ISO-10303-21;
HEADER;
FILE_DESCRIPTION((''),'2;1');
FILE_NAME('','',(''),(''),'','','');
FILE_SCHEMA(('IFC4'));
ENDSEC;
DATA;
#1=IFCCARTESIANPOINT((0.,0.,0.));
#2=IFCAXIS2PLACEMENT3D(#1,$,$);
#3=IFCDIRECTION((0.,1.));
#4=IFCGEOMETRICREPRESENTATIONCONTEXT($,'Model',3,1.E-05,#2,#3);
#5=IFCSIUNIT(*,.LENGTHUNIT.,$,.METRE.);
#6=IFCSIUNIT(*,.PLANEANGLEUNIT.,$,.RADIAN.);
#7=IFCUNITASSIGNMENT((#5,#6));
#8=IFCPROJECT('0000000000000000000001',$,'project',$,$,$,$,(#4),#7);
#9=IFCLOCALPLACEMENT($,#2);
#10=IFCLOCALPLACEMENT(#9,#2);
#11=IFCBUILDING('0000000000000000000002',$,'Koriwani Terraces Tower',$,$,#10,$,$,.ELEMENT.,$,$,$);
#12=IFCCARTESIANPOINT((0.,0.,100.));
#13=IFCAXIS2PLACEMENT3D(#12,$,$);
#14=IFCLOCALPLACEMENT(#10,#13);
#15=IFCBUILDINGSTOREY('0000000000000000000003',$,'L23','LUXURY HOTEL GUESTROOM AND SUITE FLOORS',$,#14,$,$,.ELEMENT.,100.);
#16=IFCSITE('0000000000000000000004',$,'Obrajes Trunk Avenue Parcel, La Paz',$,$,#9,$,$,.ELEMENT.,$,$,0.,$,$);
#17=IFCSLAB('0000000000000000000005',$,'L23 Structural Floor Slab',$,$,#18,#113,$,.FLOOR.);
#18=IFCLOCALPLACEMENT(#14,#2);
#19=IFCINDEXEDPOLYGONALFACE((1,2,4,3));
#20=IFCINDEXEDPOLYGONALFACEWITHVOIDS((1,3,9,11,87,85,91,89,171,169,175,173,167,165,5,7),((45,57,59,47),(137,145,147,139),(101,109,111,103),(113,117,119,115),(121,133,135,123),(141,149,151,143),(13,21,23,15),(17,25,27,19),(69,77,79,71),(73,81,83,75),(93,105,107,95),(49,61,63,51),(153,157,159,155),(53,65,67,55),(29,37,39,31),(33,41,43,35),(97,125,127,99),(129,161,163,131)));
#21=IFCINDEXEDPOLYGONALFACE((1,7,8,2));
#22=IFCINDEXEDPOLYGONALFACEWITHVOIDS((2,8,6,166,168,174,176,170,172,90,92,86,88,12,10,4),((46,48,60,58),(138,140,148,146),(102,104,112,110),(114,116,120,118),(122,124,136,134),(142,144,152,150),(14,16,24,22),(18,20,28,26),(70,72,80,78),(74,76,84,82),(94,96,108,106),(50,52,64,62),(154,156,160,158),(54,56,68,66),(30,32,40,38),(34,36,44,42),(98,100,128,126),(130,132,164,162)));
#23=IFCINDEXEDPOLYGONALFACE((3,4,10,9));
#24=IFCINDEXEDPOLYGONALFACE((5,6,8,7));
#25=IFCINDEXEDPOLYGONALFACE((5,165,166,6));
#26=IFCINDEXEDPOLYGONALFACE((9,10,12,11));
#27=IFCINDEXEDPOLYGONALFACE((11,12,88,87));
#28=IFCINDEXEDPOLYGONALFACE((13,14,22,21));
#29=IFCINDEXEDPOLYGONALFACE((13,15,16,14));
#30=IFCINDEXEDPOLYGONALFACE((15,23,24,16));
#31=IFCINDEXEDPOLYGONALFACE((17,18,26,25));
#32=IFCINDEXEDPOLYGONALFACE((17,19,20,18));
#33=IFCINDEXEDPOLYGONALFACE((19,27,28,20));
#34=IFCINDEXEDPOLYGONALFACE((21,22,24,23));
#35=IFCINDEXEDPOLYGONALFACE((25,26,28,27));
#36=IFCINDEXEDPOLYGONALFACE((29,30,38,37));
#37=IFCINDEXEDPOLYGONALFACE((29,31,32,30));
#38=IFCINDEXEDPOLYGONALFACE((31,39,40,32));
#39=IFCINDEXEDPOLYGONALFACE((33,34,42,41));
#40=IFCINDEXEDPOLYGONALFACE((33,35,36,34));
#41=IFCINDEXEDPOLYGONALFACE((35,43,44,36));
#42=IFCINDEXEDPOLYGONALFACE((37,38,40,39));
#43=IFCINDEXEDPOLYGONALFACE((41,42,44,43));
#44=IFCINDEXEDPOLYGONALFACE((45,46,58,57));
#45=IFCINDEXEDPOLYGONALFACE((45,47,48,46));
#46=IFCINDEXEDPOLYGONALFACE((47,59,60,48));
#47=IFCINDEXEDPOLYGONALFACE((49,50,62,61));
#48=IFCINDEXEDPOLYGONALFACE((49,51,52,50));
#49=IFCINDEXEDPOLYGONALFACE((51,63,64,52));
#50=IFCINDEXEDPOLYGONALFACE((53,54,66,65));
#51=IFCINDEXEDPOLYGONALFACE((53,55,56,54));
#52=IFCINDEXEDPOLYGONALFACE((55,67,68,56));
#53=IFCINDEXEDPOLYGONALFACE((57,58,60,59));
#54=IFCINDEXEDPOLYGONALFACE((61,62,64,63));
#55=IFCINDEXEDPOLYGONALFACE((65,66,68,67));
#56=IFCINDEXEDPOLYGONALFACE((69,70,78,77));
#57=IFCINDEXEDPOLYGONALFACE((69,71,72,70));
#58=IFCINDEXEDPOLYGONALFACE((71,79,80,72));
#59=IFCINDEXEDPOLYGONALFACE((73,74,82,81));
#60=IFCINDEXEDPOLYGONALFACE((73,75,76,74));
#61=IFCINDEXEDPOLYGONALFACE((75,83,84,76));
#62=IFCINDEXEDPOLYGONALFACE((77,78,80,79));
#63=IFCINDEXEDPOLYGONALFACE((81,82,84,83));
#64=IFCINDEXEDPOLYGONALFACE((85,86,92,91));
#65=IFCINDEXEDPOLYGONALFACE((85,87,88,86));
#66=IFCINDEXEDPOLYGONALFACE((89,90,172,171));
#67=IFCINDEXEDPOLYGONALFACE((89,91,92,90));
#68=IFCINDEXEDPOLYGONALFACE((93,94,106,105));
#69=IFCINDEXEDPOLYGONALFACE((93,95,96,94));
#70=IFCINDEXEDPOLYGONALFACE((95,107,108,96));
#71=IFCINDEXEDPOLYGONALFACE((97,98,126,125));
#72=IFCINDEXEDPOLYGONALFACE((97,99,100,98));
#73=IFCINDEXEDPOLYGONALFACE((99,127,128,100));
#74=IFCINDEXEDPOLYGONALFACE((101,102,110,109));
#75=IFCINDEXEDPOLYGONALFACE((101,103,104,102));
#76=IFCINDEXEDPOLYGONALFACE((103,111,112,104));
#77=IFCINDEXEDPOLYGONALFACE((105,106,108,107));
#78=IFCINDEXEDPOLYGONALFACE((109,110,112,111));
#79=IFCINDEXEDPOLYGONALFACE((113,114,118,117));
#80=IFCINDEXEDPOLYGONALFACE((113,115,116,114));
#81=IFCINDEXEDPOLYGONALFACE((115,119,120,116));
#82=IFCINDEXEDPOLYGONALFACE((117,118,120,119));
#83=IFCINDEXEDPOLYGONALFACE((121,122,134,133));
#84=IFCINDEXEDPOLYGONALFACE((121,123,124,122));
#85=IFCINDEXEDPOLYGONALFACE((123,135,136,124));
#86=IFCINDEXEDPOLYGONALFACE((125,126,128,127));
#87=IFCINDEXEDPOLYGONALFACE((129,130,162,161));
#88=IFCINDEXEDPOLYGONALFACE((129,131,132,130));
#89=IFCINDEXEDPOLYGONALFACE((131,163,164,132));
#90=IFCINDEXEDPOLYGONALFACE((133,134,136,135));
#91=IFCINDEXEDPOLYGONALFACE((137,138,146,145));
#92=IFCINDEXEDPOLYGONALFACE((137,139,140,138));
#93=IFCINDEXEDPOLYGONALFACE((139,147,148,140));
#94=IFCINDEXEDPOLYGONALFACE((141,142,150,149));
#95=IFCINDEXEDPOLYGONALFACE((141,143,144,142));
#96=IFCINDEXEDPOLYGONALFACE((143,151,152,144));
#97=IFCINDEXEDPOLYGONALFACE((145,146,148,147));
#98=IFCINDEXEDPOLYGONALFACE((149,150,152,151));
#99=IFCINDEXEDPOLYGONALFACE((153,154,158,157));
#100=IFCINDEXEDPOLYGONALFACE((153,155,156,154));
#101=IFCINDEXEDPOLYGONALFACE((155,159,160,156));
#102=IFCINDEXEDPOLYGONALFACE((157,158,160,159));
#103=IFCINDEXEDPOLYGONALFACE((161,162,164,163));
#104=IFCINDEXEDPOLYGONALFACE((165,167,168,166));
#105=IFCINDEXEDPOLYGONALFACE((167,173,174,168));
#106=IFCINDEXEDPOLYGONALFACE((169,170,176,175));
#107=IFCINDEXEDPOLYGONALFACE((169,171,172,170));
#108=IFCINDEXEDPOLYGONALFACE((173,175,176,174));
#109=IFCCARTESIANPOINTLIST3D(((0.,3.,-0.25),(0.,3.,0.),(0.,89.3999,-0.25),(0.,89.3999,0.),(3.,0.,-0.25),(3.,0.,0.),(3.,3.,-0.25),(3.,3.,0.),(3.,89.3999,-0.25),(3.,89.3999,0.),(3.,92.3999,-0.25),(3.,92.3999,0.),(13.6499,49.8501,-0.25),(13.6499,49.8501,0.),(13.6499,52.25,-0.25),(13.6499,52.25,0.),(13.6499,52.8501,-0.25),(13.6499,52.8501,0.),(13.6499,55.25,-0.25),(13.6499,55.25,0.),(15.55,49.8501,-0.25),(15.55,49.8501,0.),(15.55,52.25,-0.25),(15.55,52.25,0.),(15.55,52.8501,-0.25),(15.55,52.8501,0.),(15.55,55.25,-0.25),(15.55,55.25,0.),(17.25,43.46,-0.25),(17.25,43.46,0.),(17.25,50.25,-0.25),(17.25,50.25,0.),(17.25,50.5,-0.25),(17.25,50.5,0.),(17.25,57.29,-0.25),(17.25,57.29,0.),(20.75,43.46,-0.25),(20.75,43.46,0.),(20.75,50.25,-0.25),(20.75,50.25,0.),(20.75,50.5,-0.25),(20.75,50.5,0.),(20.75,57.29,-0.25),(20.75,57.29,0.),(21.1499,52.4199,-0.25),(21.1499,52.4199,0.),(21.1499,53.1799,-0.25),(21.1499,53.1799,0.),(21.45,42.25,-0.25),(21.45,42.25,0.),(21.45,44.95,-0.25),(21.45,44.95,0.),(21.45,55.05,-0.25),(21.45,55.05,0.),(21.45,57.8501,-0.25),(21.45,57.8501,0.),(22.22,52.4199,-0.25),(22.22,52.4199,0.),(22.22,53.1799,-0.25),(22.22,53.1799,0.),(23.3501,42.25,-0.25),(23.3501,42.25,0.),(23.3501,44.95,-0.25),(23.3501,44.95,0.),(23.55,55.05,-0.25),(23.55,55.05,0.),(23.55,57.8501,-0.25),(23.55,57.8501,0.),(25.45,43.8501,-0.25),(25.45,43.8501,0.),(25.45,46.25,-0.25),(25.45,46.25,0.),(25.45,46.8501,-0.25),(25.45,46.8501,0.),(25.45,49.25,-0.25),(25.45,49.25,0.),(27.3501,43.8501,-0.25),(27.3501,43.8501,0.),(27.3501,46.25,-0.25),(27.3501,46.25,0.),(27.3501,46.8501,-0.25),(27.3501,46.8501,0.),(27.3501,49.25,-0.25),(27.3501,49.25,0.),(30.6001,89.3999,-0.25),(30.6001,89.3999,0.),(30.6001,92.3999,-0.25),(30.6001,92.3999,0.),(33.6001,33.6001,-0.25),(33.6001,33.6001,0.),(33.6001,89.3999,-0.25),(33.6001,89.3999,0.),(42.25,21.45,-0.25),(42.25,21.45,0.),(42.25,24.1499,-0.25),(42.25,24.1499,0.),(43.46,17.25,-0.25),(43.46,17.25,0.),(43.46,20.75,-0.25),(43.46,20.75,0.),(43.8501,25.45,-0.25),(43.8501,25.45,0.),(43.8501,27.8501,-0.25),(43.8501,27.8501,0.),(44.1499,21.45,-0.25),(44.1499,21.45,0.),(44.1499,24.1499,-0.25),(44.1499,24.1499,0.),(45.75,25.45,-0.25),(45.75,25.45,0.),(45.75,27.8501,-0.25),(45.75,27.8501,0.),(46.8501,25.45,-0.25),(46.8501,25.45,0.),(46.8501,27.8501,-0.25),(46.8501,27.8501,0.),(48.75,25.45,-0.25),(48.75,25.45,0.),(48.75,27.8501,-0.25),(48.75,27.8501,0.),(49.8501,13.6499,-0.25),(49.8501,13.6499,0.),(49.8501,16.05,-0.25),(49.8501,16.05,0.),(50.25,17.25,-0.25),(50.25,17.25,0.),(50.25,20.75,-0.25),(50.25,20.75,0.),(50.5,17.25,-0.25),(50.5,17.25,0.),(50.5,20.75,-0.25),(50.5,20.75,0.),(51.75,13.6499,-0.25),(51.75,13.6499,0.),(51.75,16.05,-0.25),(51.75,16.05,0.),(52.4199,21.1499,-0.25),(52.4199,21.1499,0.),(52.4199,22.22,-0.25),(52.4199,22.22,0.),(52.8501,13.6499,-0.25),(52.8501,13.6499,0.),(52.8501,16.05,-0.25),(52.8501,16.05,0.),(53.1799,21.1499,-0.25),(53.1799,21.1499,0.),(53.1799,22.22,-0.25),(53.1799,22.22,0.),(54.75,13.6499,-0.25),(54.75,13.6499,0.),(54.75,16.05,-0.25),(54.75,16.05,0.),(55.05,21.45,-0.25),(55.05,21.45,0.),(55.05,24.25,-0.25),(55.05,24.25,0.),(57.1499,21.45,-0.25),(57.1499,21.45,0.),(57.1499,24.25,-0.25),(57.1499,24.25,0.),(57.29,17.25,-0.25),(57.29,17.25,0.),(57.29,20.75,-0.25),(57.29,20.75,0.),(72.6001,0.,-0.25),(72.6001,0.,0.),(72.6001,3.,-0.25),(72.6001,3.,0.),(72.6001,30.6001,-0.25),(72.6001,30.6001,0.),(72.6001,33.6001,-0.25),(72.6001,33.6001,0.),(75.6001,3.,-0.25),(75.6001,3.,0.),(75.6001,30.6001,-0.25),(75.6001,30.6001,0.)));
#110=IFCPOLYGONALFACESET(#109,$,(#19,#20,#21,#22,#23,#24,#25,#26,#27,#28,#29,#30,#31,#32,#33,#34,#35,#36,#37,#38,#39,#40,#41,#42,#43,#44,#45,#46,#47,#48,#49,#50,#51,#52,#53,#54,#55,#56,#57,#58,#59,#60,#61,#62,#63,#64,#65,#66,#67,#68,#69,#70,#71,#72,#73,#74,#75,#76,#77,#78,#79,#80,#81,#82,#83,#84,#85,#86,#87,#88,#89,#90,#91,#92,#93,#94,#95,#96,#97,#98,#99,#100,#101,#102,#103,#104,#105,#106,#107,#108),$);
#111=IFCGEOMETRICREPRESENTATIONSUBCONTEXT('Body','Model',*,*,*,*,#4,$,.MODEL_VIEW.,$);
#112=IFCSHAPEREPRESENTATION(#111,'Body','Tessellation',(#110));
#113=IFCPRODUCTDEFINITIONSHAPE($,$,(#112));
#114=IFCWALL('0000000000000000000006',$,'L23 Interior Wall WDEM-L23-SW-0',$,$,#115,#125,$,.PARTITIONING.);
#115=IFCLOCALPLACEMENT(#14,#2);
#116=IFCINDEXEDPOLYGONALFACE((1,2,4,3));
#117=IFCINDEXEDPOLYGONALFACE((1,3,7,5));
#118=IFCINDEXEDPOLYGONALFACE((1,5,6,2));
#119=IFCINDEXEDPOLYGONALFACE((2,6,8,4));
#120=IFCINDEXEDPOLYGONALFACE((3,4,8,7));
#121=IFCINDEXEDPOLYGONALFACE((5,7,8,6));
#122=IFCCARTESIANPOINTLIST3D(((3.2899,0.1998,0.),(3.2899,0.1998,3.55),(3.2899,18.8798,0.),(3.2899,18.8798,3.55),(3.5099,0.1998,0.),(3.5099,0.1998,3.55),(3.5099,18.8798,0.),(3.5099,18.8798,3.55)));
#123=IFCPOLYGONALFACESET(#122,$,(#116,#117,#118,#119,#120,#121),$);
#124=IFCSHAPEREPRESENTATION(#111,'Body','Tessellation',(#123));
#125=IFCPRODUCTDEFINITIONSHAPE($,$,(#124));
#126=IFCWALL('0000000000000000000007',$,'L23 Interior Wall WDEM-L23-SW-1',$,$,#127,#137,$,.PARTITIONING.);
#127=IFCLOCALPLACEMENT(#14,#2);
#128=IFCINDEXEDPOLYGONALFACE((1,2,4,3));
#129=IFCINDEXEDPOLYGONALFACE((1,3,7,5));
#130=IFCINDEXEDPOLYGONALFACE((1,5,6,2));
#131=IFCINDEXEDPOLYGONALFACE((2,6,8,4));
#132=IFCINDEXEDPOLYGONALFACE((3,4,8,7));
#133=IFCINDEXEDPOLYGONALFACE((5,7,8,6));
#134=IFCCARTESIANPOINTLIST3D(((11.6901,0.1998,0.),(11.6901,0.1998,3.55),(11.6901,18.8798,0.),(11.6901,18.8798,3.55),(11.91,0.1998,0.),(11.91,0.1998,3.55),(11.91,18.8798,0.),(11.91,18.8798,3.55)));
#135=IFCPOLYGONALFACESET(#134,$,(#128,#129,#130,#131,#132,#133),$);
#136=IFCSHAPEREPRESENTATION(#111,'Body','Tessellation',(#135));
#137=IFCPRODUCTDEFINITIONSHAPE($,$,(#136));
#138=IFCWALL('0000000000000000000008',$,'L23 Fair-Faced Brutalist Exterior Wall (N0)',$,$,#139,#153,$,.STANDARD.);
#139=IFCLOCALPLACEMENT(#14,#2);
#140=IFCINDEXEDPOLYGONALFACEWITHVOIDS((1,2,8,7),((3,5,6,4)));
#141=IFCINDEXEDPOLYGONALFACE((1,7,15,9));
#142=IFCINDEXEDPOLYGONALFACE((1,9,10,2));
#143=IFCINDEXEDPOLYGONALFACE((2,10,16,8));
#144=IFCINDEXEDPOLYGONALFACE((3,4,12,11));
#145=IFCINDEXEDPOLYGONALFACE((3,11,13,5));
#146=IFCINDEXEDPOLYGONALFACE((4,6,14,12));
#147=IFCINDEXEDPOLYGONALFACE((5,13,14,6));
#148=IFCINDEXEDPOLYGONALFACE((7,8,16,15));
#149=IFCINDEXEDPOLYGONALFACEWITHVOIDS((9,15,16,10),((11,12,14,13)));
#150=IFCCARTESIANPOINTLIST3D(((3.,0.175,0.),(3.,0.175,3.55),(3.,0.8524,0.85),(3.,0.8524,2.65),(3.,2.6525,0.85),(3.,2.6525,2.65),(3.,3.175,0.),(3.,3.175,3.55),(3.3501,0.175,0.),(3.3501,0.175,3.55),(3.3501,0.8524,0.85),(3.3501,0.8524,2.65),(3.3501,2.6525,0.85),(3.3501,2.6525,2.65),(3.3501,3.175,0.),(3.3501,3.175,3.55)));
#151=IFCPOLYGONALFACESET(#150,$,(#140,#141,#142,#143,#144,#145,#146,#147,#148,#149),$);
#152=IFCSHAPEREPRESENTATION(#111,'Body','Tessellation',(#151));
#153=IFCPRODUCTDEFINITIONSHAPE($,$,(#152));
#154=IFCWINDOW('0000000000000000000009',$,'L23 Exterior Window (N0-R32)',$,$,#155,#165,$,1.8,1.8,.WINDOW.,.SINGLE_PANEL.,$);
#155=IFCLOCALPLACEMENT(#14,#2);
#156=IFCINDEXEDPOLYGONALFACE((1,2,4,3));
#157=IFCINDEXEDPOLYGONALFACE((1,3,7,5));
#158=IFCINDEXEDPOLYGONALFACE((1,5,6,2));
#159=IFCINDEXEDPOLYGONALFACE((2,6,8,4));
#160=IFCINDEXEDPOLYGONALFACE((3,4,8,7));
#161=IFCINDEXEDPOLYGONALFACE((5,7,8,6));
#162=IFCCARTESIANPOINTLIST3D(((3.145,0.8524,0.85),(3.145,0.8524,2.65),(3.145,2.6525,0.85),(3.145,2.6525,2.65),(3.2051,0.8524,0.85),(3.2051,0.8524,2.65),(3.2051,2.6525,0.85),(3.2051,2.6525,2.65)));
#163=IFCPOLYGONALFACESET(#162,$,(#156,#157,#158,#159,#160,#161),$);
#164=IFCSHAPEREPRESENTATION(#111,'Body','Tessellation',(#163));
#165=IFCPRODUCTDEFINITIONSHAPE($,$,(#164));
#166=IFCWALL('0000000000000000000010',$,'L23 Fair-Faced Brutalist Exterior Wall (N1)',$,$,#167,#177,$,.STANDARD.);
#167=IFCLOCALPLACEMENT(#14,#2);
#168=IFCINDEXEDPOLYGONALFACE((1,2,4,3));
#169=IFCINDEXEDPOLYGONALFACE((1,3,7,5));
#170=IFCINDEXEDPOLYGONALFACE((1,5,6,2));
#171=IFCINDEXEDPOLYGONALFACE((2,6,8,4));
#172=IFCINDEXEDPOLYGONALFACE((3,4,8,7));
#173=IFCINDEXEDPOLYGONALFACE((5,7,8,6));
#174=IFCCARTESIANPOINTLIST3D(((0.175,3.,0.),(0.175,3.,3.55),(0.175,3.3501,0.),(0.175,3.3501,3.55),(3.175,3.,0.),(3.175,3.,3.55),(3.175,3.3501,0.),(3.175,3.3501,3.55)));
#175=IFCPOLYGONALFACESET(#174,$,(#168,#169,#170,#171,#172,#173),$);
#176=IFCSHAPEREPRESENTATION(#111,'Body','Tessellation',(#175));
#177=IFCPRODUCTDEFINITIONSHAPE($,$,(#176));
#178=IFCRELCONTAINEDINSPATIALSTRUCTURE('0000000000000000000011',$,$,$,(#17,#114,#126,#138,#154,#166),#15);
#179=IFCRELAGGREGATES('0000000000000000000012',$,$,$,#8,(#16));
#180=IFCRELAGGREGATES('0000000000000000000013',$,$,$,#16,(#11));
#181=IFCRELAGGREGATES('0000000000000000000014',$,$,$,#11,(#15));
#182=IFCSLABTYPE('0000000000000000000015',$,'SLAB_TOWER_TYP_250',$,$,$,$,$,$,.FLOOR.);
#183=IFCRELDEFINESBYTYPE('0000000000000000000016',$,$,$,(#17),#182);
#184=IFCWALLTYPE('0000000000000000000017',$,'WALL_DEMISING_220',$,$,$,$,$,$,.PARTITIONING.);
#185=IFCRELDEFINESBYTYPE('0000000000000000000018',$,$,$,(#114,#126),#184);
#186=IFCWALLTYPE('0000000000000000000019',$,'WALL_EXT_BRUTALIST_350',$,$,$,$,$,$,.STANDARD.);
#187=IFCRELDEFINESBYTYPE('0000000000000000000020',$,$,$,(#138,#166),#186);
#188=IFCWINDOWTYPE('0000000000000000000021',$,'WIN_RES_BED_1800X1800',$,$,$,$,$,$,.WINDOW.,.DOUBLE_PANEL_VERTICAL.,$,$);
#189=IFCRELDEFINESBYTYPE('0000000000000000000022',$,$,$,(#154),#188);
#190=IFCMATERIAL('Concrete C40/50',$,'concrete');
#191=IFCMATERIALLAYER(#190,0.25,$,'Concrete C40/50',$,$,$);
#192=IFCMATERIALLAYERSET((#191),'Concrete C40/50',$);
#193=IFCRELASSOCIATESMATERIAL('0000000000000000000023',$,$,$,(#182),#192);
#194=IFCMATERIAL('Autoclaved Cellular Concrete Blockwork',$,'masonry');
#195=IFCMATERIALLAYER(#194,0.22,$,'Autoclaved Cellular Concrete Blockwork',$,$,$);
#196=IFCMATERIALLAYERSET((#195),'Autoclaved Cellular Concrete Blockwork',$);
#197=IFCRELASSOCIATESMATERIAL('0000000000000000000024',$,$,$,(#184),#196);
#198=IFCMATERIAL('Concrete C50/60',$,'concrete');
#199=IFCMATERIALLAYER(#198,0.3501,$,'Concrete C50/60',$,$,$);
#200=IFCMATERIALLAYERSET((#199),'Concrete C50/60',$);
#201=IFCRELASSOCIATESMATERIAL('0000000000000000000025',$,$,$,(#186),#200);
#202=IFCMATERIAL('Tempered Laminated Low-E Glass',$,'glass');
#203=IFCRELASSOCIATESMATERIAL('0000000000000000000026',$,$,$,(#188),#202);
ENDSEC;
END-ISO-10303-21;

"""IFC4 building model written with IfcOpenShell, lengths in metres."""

from ifc_helpers import new_model, si_unit, direction, frame, frame_2d, origin, place, context, subcontext, project, spatial, polyline, rectangle, outline, extrude, material, layer, layer_set, type_object, element, fill, save


model = new_model("IFC4")

# Units and contexts
model_context = context("Model", 3, precision=1e-05, world=origin(), true_north=direction((0.0, 1.0)))
body_context = subcontext(model_context, "Body", "Model", "MODEL_VIEW")
ifc_project = project(units=[si_unit("LENGTHUNIT", "METRE"), si_unit("PLANEANGLEUNIT", "RADIAN")], contexts=[model_context])

# Site, building, storey
site_placement = place(None, origin())
site = spatial("IfcSite", under=ifc_project, at=site_placement, Name="Obrajes Trunk Avenue Parcel, La Paz", CompositionType="ELEMENT", RefElevation=0.0)
building_placement = place(site_placement, origin())
building = spatial("IfcBuilding", under=site, at=building_placement, Name="Koriwani Terraces Tower", CompositionType="ELEMENT")
storey_placement = place(building_placement, frame((0.0, 0.0, 100.0)))
storey = spatial("IfcBuildingStorey", under=building, at=storey_placement, Name="L23", Description="LUXURY HOTEL GUESTROOM AND SUITE FLOORS", CompositionType="ELEMENT", Elevation=100.0)

# Shared definitions
ifc_material_1 = material(Name="Concrete C40/50", Category="concrete")
ifc_material_2 = material(Name="Concrete C50/60", Category="concrete")

# Slab
ifc_layer_1 = layer(ifc_material_1, 0.25, Name="Concrete C40/50")
ifc_layer_set_1 = layer_set([ifc_layer_1], Name="Concrete C40/50")
slab_type_1 = type_object("IfcSlabType", Name="SLAB_TOWER_TYP_250", PredefinedType="FLOOR", material=ifc_layer_set_1)
slab_1_placement = place(storey_placement, frame((0.0, 0.0, -0.25)))
element("IfcSlab", 1, at=slab_1_placement, inside=storey, type_object=slab_type_1, Name="L23 Structural Floor Slab", PredefinedType="FLOOR", context=body_context, shape_type="SweptSolid", body=[
    extrude(outline(polyline([(3.0, 0.0), (72.6001, 0.0), (72.6001, 3.0), (75.6001, 3.0), (75.6001, 30.6001), (72.6001, 30.6001), (72.6001, 33.6001), (33.6001, 33.6001), (33.6001, 89.3999), (30.6001, 89.3999), (30.6001, 92.3999), (3.0, 92.3999), (3.0, 89.3999), (0.0, 89.3999), (0.0, 3.0), (3.0, 3.0), (3.0, 0.0)]), holes=[polyline([(17.25, 43.46), (20.75, 43.46), (20.75, 50.25), (17.25, 50.25), (17.25, 43.46)]), polyline([(17.25, 50.5), (20.75, 50.5), (20.75, 57.29), (17.25, 57.29), (17.25, 50.5)]), polyline([(43.46, 17.25), (50.25, 17.25), (50.25, 20.75), (43.46, 20.75), (43.46, 17.25)]), polyline([(50.5, 17.25), (57.29, 17.25), (57.29, 20.75), (50.5, 20.75), (50.5, 17.25)]), polyline([(13.6499, 49.8501), (15.55, 49.8501), (15.55, 52.25), (13.6499, 52.25), (13.6499, 49.8501)]), polyline([(13.6499, 52.8501), (15.55, 52.8501), (15.55, 55.25), (13.6499, 55.25), (13.6499, 52.8501)]), polyline([(49.8501, 13.6499), (51.75, 13.6499), (51.75, 16.05), (49.8501, 16.05), (49.8501, 13.6499)]), polyline([(52.8501, 13.6499), (54.75, 13.6499), (54.75, 16.05), (52.8501, 16.05), (52.8501, 13.6499)]), polyline([(25.45, 43.8501), (27.3501, 43.8501), (27.3501, 46.25), (25.45, 46.25), (25.45, 43.8501)]), polyline([(25.45, 46.8501), (27.3501, 46.8501), (27.3501, 49.25), (25.45, 49.25), (25.45, 46.8501)]), polyline([(43.8501, 25.45), (45.75, 25.45), (45.75, 27.8501), (43.8501, 27.8501), (43.8501, 25.45)]), polyline([(46.8501, 25.45), (48.75, 25.45), (48.75, 27.8501), (46.8501, 27.8501), (46.8501, 25.45)]), polyline([(21.45, 55.05), (23.55, 55.05), (23.55, 57.8501), (21.45, 57.8501), (21.45, 55.05)]), polyline([(55.05, 21.45), (57.1499, 21.45), (57.1499, 24.25), (55.05, 24.25), (55.05, 21.45)]), polyline([(21.45, 42.25), (23.3501, 42.25), (23.3501, 44.95), (21.45, 44.95), (21.45, 42.25)]), polyline([(42.25, 21.45), (44.1499, 21.45), (44.1499, 24.1499), (42.25, 24.1499), (42.25, 21.45)]), polyline([(21.1499, 52.4199), (22.22, 52.4199), (22.22, 53.1799), (21.1499, 53.1799), (21.1499, 52.4199)]), polyline([(52.4199, 21.1499), (53.1799, 21.1499), (53.1799, 22.22), (52.4199, 22.22), (52.4199, 21.1499)])]), origin(), (0.0, 0.0, 1.0), 0.25),
])

# Walls
ifc_material_3 = material(Name="Autoclaved Cellular Concrete Blockwork", Category="masonry")
ifc_layer_2 = layer(ifc_material_3, 0.22, Name="Autoclaved Cellular Concrete Blockwork")
ifc_layer_set_2 = layer_set([ifc_layer_2], Name="Autoclaved Cellular Concrete Blockwork")
wall_type_1 = type_object("IfcWallType", Name="WALL_DEMISING_220", PredefinedType="PARTITIONING", material=ifc_layer_set_2)
for number, where, z_axis, x_axis, name in (
    (2, (3.3999, 0.2, 0.0), (0.0, 0.0, 1.0), (0.0, 1.0, 0.0), "L23 Interior Wall WDEM-L23-SW-0"),
    (3, (11.8, 0.2, 0.0), (0.0, 0.0, 1.0), (0.0, 1.0, 0.0), "L23 Interior Wall WDEM-L23-SW-1"),
):
    element("IfcWall", number, at=place(storey_placement, frame(where, z_axis=z_axis, x_axis=x_axis)), inside=storey, type_object=wall_type_1, Name=name, PredefinedType="PARTITIONING", context=body_context, shape_type="SweptSolid", body=[
        extrude(rectangle(XDim=18.6799, YDim=0.22, at=frame_2d((9.3398, 0.0))), origin(), (0.0, 0.0, 1.0), 3.55),
    ])

# Wall, opening, window
ifc_layer_3 = layer(ifc_material_2, 0.3501, Name="Concrete C50/60")
ifc_layer_set_3 = layer_set([ifc_layer_3], Name="Concrete C50/60")
wall_type_2 = type_object("IfcWallType", Name="WALL_EXT_BRUTALIST_350", PredefinedType="STANDARD", material=ifc_layer_set_3)
wall_1_placement = place(storey_placement, frame((3.175, 0.175, 0.0), z_axis=(0.0, 0.0, 1.0), x_axis=(0.0, 1.0, 0.0)))
wall_1 = element("IfcWall", 4, at=wall_1_placement, inside=storey, type_object=wall_type_2, Name="L23 Fair-Faced Brutalist Exterior Wall (N0)", PredefinedType="STANDARD", context=body_context, shape_type="SweptSolid", body=[
    extrude(rectangle(XDim=3.0, YDim=0.3501, at=frame_2d((1.5, 0.0))), origin(), (0.0, 0.0, 1.0), 3.55),
])
opening_1_placement = place(wall_1_placement, frame((0.6775, 0.0, 0.8501)))
opening_1 = element("IfcOpeningElement", 5, at=opening_1_placement, cuts=wall_1, PredefinedType="OPENING", context=body_context, shape_type="SweptSolid", body=[
    extrude(rectangle(XDim=1.8, YDim=1.8, at=frame_2d((0.8999, 0.8999))), frame((0.0, 0.1851, 0.0), z_axis=(0.0, -1.0, 0.0), x_axis=(1.0, 0.0, 0.0)), (0.0, 0.0, 1.0), 0.3701),
])
ifc_material_4 = material(Name="Tempered Laminated Low-E Glass", Category="glass")
window_type_1 = type_object("IfcWindowType", Name="WIN_RES_BED_1800X1800", PartitioningType="DOUBLE_PANEL_VERTICAL", PredefinedType="WINDOW", material=ifc_material_4)
window_1_placement = place(opening_1_placement, origin())
window_1 = element("IfcWindow", 6, at=window_1_placement, inside=storey, type_object=window_type_1, Name="L23 Exterior Window (N0-R32)", OverallHeight=1.8, OverallWidth=1.8, PartitioningType="SINGLE_PANEL", PredefinedType="WINDOW", context=body_context, shape_type="SweptSolid", body=[
    extrude(rectangle(XDim=1.8, YDim=1.8, at=frame_2d((0.8999, 0.8999))), frame((0.0, 0.03, 0.0), z_axis=(0.0, -1.0, 0.0), x_axis=(1.0, 0.0, 0.0)), (0.0, 0.0, 1.0), 0.0601),
])
fill(opening_1, window_1)

# Wall
wall_2_placement = place(storey_placement, frame((3.175, 3.175, 0.0), z_axis=(0.0, 0.0, 1.0), x_axis=(-1.0, 0.0, 0.0)))
element("IfcWall", 7, at=wall_2_placement, inside=storey, type_object=wall_type_2, Name="L23 Fair-Faced Brutalist Exterior Wall (N1)", PredefinedType="STANDARD", context=body_context, shape_type="SweptSolid", body=[
    extrude(rectangle(XDim=3.0, YDim=0.3501, at=frame_2d((1.5, 0.0))), origin(), (0.0, 0.0, 1.0), 3.55),
])

save(model, "model.ifc")
